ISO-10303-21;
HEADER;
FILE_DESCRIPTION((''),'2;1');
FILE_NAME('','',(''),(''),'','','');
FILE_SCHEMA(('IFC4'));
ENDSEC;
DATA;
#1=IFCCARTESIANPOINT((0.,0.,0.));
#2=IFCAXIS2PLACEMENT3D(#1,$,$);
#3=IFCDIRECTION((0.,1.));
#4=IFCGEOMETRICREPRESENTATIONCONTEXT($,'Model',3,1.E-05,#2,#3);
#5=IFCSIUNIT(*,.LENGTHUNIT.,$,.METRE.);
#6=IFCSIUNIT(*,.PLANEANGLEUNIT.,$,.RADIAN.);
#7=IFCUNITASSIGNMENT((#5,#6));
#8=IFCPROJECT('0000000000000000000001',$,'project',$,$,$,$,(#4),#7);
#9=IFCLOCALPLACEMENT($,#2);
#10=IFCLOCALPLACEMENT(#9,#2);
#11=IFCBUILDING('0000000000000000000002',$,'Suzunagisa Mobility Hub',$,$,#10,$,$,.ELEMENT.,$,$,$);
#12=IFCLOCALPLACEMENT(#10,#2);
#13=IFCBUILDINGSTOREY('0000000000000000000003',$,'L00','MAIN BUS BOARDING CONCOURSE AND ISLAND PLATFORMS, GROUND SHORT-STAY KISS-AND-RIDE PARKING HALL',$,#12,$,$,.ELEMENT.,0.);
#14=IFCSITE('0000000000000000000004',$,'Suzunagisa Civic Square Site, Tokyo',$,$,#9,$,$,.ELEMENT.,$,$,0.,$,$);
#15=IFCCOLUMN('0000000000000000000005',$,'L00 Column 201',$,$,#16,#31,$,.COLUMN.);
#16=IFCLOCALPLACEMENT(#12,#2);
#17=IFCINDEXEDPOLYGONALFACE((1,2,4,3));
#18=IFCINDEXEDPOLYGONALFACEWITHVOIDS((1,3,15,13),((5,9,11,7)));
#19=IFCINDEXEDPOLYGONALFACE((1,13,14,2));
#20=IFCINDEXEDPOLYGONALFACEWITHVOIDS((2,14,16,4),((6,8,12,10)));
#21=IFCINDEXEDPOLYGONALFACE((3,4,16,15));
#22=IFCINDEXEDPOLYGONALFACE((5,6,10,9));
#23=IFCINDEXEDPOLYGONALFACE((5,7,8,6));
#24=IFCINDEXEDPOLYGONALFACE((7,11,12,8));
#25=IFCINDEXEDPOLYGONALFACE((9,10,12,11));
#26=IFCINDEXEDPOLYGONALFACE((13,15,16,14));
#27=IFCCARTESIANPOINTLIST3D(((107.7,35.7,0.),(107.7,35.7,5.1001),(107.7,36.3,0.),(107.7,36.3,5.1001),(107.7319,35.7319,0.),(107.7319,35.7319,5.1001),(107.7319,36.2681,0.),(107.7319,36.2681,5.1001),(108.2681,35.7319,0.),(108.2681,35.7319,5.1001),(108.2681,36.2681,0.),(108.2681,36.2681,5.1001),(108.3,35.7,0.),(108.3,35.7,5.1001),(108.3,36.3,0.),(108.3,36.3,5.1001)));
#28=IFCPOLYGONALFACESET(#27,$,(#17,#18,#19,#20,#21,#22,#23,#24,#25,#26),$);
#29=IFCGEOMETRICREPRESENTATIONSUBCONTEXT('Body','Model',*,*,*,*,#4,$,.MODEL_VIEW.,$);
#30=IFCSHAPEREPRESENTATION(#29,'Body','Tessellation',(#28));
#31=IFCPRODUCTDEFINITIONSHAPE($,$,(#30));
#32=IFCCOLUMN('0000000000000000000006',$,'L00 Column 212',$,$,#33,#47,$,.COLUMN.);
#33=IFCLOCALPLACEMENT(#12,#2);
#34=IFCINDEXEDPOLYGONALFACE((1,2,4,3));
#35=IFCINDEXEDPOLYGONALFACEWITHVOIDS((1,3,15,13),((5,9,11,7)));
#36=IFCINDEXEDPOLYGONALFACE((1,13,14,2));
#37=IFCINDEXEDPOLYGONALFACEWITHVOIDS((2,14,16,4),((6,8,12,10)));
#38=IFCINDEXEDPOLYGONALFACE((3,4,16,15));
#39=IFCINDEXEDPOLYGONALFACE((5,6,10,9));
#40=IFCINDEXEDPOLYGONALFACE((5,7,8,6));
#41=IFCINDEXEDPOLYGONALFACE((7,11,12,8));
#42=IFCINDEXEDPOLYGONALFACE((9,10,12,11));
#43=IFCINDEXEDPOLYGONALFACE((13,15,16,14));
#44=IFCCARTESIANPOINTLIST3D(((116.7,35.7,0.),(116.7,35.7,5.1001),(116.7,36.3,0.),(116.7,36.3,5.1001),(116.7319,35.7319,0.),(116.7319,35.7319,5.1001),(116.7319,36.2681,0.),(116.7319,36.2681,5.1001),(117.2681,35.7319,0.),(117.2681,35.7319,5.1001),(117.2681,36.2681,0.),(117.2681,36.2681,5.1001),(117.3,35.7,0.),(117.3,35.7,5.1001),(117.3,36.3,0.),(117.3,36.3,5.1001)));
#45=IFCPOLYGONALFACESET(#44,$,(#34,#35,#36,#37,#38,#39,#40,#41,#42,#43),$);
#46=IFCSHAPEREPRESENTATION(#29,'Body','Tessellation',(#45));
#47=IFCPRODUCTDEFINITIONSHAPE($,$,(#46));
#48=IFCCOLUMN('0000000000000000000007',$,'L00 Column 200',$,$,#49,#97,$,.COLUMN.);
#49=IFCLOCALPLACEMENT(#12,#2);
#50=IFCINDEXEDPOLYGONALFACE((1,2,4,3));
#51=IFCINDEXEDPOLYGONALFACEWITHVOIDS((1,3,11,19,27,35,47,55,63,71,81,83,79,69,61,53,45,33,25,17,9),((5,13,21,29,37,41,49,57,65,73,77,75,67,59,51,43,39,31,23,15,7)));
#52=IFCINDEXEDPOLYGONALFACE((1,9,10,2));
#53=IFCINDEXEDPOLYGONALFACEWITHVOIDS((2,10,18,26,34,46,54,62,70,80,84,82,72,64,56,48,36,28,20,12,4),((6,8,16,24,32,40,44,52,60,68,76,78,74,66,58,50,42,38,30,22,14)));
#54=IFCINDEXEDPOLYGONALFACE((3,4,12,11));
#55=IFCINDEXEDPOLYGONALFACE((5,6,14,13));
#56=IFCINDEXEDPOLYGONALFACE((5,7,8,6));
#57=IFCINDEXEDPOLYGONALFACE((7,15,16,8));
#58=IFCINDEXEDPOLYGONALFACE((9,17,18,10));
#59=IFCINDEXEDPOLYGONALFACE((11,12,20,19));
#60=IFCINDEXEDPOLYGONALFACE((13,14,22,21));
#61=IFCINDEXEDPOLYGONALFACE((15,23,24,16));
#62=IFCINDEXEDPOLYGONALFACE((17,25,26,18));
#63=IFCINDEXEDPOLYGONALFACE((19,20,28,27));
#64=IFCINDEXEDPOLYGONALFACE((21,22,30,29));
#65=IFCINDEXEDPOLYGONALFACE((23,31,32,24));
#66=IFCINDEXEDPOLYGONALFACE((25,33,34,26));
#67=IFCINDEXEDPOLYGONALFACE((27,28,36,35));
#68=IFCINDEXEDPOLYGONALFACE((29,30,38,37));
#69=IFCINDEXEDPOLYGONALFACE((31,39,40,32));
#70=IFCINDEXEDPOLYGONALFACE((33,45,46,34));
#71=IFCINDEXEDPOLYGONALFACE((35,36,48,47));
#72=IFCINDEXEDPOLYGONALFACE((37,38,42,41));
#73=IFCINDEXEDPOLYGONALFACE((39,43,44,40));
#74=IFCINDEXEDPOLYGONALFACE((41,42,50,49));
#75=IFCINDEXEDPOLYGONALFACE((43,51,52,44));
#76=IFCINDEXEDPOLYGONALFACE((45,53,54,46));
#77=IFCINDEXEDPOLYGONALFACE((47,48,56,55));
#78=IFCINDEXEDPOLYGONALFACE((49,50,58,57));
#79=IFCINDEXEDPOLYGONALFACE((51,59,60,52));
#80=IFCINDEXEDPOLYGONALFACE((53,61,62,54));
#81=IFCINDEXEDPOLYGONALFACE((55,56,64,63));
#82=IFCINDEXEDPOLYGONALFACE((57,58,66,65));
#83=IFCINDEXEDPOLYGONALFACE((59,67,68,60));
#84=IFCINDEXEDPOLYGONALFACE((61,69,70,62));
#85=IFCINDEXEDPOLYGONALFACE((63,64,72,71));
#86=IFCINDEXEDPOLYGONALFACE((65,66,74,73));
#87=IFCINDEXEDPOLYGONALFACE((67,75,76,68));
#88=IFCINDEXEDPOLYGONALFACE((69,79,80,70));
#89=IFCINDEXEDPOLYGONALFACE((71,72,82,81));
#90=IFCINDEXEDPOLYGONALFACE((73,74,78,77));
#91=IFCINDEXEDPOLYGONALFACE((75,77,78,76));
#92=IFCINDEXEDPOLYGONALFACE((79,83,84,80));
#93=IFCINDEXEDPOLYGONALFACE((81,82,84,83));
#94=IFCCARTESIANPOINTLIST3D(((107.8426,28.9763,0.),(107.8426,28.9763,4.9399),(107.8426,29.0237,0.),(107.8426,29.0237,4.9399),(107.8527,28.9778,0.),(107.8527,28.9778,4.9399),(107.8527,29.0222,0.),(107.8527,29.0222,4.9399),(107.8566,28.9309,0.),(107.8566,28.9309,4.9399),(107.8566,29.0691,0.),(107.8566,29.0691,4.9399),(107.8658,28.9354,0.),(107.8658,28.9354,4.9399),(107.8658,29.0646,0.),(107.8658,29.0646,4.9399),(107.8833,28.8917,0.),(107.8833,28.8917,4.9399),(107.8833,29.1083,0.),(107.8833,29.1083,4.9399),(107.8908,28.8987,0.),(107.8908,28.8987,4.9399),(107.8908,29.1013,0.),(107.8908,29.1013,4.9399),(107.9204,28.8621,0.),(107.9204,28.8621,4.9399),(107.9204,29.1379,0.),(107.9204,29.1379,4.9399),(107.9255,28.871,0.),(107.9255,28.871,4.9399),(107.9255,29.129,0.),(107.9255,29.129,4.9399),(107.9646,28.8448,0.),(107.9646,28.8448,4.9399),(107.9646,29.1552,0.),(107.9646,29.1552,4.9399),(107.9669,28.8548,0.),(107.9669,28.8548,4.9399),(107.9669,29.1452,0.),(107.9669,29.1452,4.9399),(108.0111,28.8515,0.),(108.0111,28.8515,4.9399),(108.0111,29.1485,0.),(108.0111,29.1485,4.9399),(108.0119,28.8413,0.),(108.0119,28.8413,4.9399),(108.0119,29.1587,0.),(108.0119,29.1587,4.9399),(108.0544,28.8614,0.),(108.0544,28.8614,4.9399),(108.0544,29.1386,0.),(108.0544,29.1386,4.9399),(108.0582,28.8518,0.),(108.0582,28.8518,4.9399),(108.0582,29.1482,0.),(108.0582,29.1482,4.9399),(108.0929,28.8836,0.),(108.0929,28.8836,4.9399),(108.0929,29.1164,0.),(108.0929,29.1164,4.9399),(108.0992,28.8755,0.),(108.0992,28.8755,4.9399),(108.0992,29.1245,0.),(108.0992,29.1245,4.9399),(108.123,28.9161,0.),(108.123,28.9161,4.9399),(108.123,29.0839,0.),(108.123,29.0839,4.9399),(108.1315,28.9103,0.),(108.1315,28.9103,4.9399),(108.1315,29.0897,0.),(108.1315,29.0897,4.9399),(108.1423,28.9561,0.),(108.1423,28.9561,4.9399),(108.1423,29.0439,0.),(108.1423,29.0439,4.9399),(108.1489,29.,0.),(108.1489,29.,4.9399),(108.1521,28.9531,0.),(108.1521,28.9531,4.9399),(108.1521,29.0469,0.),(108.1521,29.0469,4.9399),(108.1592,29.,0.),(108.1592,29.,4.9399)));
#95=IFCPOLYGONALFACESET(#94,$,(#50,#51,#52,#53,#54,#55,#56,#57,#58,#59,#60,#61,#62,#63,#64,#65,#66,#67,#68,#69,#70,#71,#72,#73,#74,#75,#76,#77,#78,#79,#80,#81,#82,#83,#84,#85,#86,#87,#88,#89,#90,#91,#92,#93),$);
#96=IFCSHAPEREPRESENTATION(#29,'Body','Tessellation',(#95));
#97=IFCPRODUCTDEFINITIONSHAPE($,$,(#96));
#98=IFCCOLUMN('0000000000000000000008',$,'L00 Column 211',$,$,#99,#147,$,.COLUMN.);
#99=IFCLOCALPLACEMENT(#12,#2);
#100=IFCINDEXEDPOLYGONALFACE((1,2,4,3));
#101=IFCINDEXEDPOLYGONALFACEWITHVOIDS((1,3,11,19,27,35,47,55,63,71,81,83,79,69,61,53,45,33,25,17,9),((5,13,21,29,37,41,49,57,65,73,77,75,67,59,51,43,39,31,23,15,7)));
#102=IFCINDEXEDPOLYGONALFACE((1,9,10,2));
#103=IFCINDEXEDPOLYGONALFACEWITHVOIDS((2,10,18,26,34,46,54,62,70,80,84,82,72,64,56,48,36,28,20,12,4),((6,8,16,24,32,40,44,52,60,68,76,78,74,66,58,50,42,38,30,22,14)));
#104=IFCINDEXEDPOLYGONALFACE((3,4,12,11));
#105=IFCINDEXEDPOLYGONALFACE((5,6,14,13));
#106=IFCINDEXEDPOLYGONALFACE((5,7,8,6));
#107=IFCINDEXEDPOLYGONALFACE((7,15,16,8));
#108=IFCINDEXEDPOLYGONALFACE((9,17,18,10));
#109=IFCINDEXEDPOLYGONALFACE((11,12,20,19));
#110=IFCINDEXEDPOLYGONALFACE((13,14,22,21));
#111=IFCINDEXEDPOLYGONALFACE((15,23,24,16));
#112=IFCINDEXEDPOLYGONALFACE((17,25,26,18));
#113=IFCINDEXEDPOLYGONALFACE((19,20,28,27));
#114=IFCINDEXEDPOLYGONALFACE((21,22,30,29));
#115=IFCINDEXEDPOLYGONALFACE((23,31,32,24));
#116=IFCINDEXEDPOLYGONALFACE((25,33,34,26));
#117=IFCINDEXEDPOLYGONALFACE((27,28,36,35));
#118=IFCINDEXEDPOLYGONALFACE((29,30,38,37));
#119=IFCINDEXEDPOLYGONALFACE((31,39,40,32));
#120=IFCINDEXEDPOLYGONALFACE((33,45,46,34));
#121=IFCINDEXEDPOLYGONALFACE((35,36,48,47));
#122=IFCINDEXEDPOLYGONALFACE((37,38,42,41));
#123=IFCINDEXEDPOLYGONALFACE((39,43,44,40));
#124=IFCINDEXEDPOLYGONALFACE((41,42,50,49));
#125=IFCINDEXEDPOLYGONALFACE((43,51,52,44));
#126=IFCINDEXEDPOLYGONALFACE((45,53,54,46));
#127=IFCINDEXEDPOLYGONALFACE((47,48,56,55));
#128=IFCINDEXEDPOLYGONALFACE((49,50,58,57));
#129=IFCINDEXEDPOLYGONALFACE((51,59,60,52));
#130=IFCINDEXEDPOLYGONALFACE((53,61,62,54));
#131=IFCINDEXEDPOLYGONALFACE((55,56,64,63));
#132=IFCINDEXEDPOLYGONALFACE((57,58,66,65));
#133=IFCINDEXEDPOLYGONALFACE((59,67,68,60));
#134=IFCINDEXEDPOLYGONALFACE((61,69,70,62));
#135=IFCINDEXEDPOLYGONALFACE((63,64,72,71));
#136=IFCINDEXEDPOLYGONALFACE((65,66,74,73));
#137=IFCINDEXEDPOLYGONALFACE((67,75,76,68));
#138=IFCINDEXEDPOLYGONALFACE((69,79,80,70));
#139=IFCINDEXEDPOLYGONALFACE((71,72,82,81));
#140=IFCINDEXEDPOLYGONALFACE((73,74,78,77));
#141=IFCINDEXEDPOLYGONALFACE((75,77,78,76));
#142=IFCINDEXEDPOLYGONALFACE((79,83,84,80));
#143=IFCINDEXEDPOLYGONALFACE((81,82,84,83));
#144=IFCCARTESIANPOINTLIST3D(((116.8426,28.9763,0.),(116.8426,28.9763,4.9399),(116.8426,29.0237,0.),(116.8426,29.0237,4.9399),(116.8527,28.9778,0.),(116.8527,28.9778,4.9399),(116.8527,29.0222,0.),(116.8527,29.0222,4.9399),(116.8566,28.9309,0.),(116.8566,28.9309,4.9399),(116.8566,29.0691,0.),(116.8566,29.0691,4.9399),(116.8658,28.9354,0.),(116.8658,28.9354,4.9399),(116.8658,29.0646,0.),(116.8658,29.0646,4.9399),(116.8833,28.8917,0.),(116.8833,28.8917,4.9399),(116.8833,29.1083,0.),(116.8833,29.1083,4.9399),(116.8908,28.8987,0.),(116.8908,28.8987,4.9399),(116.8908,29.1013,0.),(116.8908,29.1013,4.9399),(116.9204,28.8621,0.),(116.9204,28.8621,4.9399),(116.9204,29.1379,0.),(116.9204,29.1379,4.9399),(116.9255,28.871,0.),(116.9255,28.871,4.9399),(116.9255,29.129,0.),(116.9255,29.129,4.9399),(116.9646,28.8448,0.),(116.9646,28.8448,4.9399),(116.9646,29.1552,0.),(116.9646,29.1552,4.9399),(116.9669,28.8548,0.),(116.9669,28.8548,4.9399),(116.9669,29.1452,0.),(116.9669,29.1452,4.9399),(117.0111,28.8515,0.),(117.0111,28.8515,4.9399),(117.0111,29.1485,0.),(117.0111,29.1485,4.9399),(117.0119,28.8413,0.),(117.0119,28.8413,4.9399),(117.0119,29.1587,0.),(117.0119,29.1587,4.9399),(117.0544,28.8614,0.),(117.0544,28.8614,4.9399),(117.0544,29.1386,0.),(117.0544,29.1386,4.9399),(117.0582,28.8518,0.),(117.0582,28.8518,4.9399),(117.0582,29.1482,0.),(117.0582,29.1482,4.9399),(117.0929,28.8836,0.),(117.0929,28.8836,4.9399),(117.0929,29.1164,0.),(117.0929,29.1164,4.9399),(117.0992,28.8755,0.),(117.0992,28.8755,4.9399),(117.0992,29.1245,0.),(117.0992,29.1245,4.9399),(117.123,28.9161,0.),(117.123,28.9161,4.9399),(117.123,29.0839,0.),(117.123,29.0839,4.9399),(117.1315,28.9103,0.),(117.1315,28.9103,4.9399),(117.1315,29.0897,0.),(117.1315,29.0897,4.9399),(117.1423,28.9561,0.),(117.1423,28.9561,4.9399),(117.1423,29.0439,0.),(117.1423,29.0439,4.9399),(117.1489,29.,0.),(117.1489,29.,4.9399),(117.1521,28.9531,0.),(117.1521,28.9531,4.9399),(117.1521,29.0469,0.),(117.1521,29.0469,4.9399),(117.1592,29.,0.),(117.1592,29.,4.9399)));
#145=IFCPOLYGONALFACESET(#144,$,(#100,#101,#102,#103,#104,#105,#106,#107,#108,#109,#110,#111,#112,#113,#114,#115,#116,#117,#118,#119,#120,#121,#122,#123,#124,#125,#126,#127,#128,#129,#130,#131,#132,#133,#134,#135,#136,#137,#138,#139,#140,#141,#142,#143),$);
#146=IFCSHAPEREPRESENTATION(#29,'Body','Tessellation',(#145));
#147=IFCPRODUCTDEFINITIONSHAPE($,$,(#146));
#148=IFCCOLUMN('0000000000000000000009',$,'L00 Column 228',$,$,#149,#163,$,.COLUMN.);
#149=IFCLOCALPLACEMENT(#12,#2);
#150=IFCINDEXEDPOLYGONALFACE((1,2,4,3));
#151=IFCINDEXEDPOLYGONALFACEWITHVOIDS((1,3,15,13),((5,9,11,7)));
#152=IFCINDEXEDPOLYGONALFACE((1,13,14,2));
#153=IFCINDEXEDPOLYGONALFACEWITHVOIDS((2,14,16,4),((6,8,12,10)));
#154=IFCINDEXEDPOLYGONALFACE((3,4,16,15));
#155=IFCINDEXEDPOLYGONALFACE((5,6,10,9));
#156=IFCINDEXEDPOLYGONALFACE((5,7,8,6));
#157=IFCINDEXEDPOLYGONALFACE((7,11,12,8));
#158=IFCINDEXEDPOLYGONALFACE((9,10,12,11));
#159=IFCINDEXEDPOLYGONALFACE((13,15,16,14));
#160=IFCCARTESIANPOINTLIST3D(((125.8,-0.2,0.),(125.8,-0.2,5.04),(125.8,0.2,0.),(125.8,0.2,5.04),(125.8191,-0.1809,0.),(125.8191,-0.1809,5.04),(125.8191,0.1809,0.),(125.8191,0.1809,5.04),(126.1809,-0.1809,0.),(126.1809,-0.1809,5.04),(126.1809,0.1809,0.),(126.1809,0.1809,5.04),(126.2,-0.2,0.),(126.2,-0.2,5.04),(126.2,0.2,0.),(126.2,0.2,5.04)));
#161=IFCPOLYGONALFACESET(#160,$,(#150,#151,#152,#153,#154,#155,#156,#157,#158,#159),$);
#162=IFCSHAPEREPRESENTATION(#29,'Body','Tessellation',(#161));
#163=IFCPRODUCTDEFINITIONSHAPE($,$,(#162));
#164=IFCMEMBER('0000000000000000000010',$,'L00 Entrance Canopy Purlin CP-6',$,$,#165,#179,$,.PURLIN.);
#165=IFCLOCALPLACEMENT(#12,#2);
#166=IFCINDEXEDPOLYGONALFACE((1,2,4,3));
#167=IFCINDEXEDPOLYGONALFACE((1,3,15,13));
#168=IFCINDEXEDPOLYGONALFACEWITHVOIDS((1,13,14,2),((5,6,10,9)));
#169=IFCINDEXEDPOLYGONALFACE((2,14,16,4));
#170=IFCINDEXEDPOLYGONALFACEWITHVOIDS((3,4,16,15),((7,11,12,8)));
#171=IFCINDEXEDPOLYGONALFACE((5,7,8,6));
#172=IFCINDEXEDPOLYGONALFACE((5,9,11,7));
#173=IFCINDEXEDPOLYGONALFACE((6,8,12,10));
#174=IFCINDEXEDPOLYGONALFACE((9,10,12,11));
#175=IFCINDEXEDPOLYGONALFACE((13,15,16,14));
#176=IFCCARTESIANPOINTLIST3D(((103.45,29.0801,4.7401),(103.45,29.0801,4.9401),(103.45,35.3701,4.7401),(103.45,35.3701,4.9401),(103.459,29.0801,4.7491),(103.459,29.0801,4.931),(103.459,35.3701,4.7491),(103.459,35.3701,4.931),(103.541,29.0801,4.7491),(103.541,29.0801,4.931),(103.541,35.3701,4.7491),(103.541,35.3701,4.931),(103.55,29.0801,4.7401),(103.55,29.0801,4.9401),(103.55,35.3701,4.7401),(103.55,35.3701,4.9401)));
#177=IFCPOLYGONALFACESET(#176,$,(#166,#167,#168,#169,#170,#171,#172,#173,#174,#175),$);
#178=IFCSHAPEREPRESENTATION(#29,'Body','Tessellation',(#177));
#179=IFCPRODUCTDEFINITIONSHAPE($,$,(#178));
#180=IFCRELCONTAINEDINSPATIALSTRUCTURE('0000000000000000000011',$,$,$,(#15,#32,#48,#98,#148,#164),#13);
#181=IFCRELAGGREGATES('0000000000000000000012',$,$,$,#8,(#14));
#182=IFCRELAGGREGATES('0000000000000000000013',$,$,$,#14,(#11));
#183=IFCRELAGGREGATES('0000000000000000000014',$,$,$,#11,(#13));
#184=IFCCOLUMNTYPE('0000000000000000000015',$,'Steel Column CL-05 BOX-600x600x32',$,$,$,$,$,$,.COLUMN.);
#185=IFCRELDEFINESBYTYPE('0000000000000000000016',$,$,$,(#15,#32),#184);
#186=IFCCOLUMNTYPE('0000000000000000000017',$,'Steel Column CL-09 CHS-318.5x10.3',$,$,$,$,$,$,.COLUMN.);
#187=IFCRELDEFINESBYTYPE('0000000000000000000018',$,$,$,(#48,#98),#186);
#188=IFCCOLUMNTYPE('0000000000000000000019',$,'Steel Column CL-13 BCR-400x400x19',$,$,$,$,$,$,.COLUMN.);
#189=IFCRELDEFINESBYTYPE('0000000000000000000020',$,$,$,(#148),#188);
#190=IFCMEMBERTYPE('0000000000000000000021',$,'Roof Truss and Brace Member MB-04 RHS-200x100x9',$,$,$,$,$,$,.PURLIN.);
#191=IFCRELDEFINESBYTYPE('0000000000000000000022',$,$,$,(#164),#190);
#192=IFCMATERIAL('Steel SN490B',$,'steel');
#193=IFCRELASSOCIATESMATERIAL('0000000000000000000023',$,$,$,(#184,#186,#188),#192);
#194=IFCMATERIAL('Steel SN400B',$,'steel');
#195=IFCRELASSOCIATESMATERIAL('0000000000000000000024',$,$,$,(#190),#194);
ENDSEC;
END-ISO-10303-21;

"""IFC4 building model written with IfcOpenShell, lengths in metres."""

from ifc_helpers import new_model, si_unit, direction, frame, origin, origin_2d, place, context, subcontext, project, spatial, hollow_rectangle, hollow_circle, extrude, material, material_profile, profile_set, type_object, element, save


model = new_model("IFC4")

# Units and contexts
model_context = context("Model", 3, precision=1e-05, world=origin(), true_north=direction((0.0, 1.0)))
body_context = subcontext(model_context, "Body", "Model", "MODEL_VIEW")
ifc_project = project(units=[si_unit("LENGTHUNIT", "METRE"), si_unit("PLANEANGLEUNIT", "RADIAN")], contexts=[model_context])

# Site, building, storey
site_placement = place(None, origin())
site = spatial("IfcSite", under=ifc_project, at=site_placement, Name="Suzunagisa Civic Square Site, Tokyo", CompositionType="ELEMENT", RefElevation=0.0)
building_placement = place(site_placement, origin())
building = spatial("IfcBuilding", under=site, at=building_placement, Name="Suzunagisa Mobility Hub", CompositionType="ELEMENT")
storey_placement = place(building_placement, origin())
storey = spatial("IfcBuildingStorey", under=building, at=storey_placement, Name="L00", Description="MAIN BUS BOARDING CONCOURSE AND ISLAND PLATFORMS, GROUND SHORT-STAY KISS-AND-RIDE PARKING HALL", CompositionType="ELEMENT", Elevation=0.0)

# Columns
ifc_material_1 = material(Name="Steel SN490B", Category="steel")
ifc_material_profile_1 = material_profile(ifc_material_1, hollow_rectangle(XDim=0.6001, YDim=0.6001, WallThickness=0.032, at=origin_2d()), Name="BOX-600x600x32")
ifc_profile_set_1 = profile_set([ifc_material_profile_1], Name="Steel SN490B")
column_type_1 = type_object("IfcColumnType", Name="Steel Column CL-05 BOX-600x600x32", PredefinedType="COLUMN", material=ifc_profile_set_1)
for number, where, z_axis, x_axis, name in (
    (1, (108.0, 36.0, 0.0), (0.0, 0.0, 1.0), (1.0, 0.0, 0.0), "L00 Column 201"),
    (2, (117.0, 36.0, 0.0), (0.0, 0.0, 1.0), (1.0, 0.0, 0.0), "L00 Column 212"),
):
    element("IfcColumn", number, at=place(storey_placement, frame(where, z_axis=z_axis, x_axis=x_axis)), inside=storey, type_object=column_type_1, Name=name, PredefinedType="COLUMN", context=body_context, shape_type="SweptSolid", body=[
        extrude(hollow_rectangle(XDim=0.6001, YDim=0.6001, WallThickness=0.032, at=origin_2d()), origin(), (0.0, 0.0, 1.0), 5.1001),
    ])
ifc_material_profile_2 = material_profile(ifc_material_1, hollow_circle(Radius=0.1592, WallThickness=0.0103, at=origin_2d()), Name="CHS-318.5x10.3")
ifc_profile_set_2 = profile_set([ifc_material_profile_2], Name="Steel SN490B")
column_type_2 = type_object("IfcColumnType", Name="Steel Column CL-09 CHS-318.5x10.3", PredefinedType="COLUMN", material=ifc_profile_set_2)
for number, where, z_axis, x_axis, name in (
    (3, (108.0, 29.0, 0.0), (0.0, 0.0, 1.0), (1.0, 0.0, 0.0), "L00 Column 200"),
    (4, (117.0, 29.0, 0.0), (0.0, 0.0, 1.0), (1.0, 0.0, 0.0), "L00 Column 211"),
):
    element("IfcColumn", number, at=place(storey_placement, frame(where, z_axis=z_axis, x_axis=x_axis)), inside=storey, type_object=column_type_2, Name=name, PredefinedType="COLUMN", context=body_context, shape_type="SweptSolid", body=[
        extrude(hollow_circle(Radius=0.1592, WallThickness=0.0103, at=origin_2d()), origin(), (0.0, 0.0, 1.0), 4.9399),
    ])
ifc_material_profile_3 = material_profile(ifc_material_1, hollow_rectangle(XDim=0.3999, YDim=0.3999, WallThickness=0.019, at=origin_2d()), Name="BCR-400x400x19")
ifc_profile_set_3 = profile_set([ifc_material_profile_3], Name="Steel SN490B")
column_type_3 = type_object("IfcColumnType", Name="Steel Column CL-13 BCR-400x400x19", PredefinedType="COLUMN", material=ifc_profile_set_3)
column_placement = place(storey_placement, frame((126.0, 0.0, 0.0), z_axis=(0.0, 0.0, 1.0), x_axis=(1.0, 0.0, 0.0)))
element("IfcColumn", 5, at=column_placement, inside=storey, type_object=column_type_3, Name="L00 Column 228", PredefinedType="COLUMN", context=body_context, shape_type="SweptSolid", body=[
    extrude(hollow_rectangle(XDim=0.3999, YDim=0.3999, WallThickness=0.019, at=origin_2d()), origin(), (0.0, 0.0, 1.0), 5.04),
])

# Member
ifc_material_2 = material(Name="Steel SN400B", Category="steel")
ifc_material_profile_4 = material_profile(ifc_material_2, hollow_rectangle(XDim=0.1001, YDim=0.2, WallThickness=0.009, at=origin_2d()), Name="RHS-200x100x9")
ifc_profile_set_4 = profile_set([ifc_material_profile_4], Name="Steel SN400B")
member_type = type_object("IfcMemberType", Name="Roof Truss and Brace Member MB-04 RHS-200x100x9", PredefinedType="PURLIN", material=ifc_profile_set_4)
member_placement = place(storey_placement, frame((103.5, 29.0801, 4.8401), z_axis=(0.0, 1.0, 0.0), x_axis=(-1.0, 0.0, 0.0)))
element("IfcMember", 6, at=member_placement, inside=storey, type_object=member_type, Name="L00 Entrance Canopy Purlin CP-6", PredefinedType="PURLIN", context=body_context, shape_type="SweptSolid", body=[
    extrude(hollow_rectangle(XDim=0.1001, YDim=0.2, WallThickness=0.009, at=origin_2d()), origin(), (0.0, 0.0, 1.0), 6.29),
])

save(model, "model.ifc")
